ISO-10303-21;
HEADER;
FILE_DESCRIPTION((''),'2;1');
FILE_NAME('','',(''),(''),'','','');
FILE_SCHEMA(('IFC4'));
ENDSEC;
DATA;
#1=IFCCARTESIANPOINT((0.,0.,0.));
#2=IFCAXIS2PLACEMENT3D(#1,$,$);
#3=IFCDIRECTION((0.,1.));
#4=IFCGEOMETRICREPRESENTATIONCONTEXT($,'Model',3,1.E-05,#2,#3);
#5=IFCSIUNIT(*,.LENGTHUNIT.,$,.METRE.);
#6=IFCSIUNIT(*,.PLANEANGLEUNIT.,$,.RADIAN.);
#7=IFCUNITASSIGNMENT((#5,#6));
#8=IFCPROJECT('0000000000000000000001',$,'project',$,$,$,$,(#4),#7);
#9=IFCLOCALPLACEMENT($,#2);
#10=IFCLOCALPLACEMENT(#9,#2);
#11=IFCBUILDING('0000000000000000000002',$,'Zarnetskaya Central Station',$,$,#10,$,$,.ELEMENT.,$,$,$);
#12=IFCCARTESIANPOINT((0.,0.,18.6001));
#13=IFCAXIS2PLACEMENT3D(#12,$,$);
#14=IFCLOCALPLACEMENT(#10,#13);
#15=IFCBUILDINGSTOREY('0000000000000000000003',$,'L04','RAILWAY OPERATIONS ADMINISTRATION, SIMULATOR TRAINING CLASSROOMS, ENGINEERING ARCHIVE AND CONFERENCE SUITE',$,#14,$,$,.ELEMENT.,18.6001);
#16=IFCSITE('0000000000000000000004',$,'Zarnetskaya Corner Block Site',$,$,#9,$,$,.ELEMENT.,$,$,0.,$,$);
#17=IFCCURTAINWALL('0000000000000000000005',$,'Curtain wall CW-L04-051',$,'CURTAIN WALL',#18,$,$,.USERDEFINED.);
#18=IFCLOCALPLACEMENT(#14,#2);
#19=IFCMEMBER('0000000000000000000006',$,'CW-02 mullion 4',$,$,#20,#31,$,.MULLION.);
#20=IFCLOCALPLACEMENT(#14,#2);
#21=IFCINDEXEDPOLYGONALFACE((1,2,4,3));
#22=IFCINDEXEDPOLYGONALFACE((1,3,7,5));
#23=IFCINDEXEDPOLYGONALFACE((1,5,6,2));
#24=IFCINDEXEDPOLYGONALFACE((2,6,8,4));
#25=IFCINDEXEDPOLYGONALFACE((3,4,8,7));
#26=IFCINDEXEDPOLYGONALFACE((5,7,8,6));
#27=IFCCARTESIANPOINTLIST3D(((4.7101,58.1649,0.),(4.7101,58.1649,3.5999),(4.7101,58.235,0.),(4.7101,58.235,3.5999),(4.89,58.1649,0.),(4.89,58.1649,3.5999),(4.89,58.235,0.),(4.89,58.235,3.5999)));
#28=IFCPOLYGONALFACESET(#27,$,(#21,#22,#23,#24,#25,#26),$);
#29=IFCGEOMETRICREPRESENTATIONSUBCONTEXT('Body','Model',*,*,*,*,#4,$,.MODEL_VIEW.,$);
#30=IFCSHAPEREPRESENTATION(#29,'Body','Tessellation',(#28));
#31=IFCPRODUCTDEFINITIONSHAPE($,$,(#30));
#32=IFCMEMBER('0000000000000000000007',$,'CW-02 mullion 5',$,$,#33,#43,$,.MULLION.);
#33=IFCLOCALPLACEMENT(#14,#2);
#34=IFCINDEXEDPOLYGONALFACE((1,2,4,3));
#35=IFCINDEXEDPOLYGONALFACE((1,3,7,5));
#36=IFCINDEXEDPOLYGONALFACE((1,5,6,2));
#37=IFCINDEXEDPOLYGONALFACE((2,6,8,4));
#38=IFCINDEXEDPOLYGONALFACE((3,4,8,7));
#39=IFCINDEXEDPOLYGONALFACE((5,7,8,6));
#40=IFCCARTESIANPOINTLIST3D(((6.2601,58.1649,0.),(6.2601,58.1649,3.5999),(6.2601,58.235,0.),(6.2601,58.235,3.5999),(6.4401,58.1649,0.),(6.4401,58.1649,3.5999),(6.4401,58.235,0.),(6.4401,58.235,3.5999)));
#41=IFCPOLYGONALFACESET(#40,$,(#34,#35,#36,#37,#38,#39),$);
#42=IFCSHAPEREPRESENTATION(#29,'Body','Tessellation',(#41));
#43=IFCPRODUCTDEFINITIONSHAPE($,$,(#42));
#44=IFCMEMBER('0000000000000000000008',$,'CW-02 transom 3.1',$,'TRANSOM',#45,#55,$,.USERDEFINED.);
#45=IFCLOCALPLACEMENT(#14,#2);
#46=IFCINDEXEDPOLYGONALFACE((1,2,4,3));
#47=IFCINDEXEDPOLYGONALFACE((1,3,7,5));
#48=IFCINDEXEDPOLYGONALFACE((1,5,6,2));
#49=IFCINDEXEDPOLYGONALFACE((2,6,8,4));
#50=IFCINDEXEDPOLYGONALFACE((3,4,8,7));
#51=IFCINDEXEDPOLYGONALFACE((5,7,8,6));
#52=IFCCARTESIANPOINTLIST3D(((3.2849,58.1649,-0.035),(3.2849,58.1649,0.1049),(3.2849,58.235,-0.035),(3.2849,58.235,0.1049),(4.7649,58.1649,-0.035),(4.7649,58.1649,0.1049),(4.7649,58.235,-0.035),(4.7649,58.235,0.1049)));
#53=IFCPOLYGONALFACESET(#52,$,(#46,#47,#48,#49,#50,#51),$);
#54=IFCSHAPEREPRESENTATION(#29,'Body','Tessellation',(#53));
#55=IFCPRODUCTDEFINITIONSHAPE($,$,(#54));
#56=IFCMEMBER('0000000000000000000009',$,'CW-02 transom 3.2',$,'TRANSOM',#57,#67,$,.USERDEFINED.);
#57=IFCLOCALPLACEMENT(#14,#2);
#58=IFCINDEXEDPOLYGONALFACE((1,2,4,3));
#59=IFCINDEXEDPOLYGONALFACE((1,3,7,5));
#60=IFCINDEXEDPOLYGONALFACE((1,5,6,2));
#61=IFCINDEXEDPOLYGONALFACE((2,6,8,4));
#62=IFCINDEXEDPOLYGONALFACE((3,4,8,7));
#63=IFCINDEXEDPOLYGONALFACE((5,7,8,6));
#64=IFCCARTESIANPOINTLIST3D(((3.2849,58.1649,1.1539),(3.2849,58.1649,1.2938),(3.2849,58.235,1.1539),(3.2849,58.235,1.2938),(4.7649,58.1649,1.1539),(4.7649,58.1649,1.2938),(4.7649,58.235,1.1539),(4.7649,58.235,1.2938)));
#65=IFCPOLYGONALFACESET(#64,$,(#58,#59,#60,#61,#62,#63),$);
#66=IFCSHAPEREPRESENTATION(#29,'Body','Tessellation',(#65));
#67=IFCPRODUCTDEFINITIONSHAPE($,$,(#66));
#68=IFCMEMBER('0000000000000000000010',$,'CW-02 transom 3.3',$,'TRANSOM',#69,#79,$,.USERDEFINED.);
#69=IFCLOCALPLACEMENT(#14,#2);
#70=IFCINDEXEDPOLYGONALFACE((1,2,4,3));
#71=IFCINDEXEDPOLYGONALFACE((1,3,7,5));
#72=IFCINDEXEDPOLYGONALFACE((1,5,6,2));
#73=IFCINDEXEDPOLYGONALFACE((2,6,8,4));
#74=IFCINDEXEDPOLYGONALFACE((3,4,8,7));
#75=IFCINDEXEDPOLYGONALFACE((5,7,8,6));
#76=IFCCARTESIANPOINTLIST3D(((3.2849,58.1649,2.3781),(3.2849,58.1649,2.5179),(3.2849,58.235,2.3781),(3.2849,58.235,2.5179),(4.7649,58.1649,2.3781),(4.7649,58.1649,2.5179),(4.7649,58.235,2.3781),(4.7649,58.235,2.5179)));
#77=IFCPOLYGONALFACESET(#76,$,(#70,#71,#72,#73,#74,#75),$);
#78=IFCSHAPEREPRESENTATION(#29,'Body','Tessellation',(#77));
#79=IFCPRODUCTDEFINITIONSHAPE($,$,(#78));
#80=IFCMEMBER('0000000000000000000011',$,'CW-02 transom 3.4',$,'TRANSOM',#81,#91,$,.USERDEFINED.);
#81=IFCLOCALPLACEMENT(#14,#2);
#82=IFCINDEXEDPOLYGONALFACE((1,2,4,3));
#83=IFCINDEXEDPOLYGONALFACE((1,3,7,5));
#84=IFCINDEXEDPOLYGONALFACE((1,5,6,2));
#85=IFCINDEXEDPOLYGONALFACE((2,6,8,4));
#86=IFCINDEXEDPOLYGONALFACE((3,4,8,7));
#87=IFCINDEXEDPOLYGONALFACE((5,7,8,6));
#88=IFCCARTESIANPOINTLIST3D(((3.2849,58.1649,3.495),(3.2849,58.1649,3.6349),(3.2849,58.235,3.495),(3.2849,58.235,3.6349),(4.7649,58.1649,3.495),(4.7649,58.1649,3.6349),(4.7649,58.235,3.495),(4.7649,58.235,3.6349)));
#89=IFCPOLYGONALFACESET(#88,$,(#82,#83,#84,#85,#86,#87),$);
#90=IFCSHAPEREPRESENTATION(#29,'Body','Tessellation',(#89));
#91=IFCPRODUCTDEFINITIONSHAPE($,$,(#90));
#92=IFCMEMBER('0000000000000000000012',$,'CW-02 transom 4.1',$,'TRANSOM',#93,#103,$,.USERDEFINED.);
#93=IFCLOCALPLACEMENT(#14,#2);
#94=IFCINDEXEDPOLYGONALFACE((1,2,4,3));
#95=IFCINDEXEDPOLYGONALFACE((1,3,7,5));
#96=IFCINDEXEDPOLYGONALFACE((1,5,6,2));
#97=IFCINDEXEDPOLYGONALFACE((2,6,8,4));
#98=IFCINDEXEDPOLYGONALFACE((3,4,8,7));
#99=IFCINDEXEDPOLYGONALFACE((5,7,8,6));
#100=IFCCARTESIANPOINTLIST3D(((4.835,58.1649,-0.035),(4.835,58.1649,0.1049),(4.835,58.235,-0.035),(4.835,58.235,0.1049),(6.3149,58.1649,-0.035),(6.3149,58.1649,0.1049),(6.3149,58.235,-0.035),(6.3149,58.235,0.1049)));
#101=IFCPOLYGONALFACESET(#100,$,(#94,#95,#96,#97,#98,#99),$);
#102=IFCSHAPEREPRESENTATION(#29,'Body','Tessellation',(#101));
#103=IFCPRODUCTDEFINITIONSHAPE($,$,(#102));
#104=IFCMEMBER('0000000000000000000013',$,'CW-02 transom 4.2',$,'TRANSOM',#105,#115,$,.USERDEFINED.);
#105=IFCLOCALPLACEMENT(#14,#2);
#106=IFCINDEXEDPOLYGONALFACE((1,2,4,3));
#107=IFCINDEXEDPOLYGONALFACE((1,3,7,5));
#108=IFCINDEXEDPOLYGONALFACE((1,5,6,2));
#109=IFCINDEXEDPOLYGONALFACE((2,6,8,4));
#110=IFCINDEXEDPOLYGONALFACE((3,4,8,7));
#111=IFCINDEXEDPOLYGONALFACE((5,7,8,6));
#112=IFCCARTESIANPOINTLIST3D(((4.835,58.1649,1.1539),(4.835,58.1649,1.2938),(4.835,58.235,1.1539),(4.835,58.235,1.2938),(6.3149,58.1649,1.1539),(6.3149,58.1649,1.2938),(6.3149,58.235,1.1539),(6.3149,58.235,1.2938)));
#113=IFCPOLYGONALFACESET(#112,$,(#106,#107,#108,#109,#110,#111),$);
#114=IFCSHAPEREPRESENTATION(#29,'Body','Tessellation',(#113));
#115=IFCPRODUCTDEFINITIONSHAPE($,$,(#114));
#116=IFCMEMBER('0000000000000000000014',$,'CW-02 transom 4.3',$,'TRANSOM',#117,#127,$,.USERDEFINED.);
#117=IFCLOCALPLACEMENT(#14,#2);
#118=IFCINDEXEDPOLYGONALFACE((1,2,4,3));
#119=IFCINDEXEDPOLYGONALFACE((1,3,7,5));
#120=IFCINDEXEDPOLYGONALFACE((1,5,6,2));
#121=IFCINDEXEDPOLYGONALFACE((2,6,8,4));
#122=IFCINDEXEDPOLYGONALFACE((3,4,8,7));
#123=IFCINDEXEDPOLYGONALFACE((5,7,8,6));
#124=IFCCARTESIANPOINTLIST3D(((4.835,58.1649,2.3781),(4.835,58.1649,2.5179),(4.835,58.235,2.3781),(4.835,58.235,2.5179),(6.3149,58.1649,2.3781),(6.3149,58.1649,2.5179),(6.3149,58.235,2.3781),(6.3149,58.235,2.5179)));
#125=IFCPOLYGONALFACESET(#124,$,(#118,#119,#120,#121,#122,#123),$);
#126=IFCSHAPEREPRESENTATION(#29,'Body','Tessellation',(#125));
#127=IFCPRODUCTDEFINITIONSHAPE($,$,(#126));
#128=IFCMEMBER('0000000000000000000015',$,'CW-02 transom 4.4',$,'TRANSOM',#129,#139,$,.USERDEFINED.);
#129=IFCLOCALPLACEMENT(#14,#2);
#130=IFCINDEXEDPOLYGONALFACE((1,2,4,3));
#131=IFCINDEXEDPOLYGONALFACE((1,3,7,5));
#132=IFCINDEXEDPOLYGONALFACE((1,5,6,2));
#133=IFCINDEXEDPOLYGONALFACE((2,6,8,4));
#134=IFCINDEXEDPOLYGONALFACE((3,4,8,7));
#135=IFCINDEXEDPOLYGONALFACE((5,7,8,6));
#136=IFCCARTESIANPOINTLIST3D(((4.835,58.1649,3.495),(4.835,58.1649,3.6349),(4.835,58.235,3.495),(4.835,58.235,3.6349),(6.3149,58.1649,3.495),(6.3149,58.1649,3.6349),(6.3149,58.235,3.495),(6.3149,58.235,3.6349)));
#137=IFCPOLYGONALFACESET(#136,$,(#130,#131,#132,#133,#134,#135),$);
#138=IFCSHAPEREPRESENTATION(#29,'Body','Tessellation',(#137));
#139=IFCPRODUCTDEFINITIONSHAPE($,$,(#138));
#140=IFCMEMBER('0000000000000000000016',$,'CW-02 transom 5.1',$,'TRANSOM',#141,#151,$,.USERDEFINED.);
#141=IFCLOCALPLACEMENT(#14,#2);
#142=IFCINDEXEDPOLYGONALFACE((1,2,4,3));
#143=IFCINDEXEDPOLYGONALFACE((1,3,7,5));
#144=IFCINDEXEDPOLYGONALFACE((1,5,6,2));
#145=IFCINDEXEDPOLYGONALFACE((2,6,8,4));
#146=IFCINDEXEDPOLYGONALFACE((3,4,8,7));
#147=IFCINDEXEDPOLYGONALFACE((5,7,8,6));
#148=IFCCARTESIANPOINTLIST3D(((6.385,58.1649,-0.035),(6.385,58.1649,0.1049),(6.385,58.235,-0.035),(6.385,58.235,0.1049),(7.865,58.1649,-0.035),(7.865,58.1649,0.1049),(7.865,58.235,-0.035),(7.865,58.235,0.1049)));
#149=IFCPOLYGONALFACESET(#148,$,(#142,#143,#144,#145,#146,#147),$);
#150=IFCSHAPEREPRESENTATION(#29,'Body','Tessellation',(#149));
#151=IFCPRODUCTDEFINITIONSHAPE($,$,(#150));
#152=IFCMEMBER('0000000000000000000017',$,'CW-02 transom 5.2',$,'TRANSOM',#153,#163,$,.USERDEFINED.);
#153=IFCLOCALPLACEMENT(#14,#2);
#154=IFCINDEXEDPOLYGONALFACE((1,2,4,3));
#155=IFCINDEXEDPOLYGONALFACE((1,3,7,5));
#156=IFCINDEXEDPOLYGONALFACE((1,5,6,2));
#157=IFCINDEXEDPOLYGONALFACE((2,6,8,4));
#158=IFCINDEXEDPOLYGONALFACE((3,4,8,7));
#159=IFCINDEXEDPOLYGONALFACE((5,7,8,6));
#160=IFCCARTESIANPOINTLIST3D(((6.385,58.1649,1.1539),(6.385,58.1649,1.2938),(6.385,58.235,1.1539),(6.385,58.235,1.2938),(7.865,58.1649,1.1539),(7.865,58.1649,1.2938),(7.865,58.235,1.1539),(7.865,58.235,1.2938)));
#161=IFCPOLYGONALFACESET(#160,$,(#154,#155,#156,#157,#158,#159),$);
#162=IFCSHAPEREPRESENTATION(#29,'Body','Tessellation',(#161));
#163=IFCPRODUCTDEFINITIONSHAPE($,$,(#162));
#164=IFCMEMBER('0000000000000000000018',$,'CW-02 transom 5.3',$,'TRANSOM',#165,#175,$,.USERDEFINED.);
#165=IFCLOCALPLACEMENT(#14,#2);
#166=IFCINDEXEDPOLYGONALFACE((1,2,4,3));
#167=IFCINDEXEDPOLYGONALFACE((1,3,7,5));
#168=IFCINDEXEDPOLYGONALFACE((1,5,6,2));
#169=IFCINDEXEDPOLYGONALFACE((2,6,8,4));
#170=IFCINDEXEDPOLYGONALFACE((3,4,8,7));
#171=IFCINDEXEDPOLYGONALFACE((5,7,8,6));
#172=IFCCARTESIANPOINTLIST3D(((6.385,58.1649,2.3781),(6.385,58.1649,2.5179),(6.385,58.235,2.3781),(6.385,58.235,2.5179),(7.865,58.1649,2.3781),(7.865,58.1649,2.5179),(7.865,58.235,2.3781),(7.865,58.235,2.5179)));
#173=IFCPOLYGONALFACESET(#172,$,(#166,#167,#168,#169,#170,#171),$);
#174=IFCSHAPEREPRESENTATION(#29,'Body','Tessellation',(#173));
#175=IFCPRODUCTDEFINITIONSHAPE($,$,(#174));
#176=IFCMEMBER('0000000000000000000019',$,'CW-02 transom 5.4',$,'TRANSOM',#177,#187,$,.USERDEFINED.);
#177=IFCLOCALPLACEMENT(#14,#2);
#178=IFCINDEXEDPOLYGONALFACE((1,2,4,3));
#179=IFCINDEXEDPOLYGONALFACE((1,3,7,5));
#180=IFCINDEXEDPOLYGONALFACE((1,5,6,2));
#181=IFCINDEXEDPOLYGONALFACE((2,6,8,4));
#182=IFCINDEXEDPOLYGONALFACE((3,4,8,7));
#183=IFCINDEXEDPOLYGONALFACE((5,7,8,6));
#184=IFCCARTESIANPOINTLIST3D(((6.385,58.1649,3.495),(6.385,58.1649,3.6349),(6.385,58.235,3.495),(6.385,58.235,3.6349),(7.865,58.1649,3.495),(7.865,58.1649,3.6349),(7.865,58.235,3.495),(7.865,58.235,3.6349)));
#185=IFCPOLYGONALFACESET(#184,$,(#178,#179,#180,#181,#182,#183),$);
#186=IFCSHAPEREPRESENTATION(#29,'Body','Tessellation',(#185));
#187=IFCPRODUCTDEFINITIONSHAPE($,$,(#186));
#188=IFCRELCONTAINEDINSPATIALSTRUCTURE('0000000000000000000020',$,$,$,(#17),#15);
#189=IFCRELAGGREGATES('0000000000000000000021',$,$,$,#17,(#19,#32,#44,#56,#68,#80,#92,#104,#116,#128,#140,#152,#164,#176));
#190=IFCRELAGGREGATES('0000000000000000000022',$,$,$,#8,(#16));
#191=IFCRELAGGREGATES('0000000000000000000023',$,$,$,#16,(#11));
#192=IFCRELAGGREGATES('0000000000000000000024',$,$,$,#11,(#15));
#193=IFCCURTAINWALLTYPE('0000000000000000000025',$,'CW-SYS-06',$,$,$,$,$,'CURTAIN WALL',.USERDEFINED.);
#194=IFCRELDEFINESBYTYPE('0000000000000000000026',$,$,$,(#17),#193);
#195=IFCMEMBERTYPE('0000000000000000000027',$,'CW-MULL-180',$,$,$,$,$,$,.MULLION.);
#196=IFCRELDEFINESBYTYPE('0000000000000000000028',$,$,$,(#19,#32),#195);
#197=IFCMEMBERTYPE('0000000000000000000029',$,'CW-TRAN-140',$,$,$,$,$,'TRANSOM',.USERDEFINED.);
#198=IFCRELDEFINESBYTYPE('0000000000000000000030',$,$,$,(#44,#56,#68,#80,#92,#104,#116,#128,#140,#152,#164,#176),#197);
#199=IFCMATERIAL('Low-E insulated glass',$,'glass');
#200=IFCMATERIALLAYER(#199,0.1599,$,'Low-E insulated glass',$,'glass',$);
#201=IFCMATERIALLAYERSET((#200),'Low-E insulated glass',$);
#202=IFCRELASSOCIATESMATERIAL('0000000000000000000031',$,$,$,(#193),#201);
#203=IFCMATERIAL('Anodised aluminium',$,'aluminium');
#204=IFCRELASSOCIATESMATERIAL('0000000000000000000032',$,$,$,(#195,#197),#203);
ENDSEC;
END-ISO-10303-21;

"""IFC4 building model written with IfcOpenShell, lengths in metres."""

from ifc_helpers import new_model, si_unit, direction, frame, origin, origin_2d, place, context, subcontext, project, spatial, rectangle, extrude, material, layer, layer_set, material_profile, profile_set, type_object, element, aggregate, save


model = new_model("IFC4")

# Units and contexts
model_context = context("Model", 3, precision=1e-05, world=origin(), true_north=direction((0.0, 1.0)))
body_context = subcontext(model_context, "Body", "Model", "MODEL_VIEW")
ifc_project = project(units=[si_unit("LENGTHUNIT", "METRE"), si_unit("PLANEANGLEUNIT", "RADIAN")], contexts=[model_context])

# Site, building, storey
site_placement = place(None, origin())
site = spatial("IfcSite", under=ifc_project, at=site_placement, Name="Zarnetskaya Corner Block Site", CompositionType="ELEMENT", RefElevation=0.0)
building_placement = place(site_placement, origin())
building = spatial("IfcBuilding", under=site, at=building_placement, Name="Zarnetskaya Central Station", CompositionType="ELEMENT")
storey_placement = place(building_placement, frame((0.0, 0.0, 18.6001)))
storey = spatial("IfcBuildingStorey", under=building, at=storey_placement, Name="L04", Description="RAILWAY OPERATIONS ADMINISTRATION, SIMULATOR TRAINING CLASSROOMS, ENGINEERING ARCHIVE AND CONFERENCE SUITE", CompositionType="ELEMENT", Elevation=18.6001)

# Curtain wall, members
ifc_material_1 = material(Name="Low-E insulated glass", Category="glass")
ifc_layer_1 = layer(ifc_material_1, 0.1599, Name="Low-E insulated glass", Category="glass")
ifc_layer_set_1 = layer_set([ifc_layer_1], Name="Low-E insulated glass")
curtain_wall_type = type_object("IfcCurtainWallType", Name="CW-SYS-06", ElementType="CURTAIN WALL", PredefinedType="USERDEFINED", material=ifc_layer_set_1)
curtain_wall_placement = place(storey_placement, origin())
curtain_wall = element("IfcCurtainWall", 1, at=curtain_wall_placement, inside=storey, type_object=curtain_wall_type, Name="Curtain wall CW-L04-051", ObjectType="CURTAIN WALL", PredefinedType="USERDEFINED")
ifc_material_2 = material(Name="Anodised aluminium", Category="aluminium")
ifc_material_profile_1 = material_profile(ifc_material_2, rectangle(XDim=0.0701, YDim=0.1799, at=origin_2d()), Name="ALU MULL 70x180")
ifc_profile_set_1 = profile_set([ifc_material_profile_1], Name="Anodised aluminium")
member_type_1 = type_object("IfcMemberType", Name="CW-MULL-180", PredefinedType="MULLION", material=ifc_profile_set_1)
member_1_placement = place(storey_placement, frame((4.8, 58.2, 0.0), z_axis=(0.0, 0.0, 1.0), x_axis=(0.0, 1.0, 0.0)))
member_1 = element("IfcMember", 2, at=member_1_placement, type_object=member_type_1, Name="CW-02 mullion 4", PredefinedType="MULLION", context=body_context, shape_type="SweptSolid", body=[
    extrude(rectangle(XDim=0.0701, YDim=0.1799, at=origin_2d()), origin(), (0.0, 0.0, 1.0), 3.5999),
])
member_2_placement = place(storey_placement, frame((6.3501, 58.2, 0.0), z_axis=(0.0, 0.0, 1.0), x_axis=(0.0, 1.0, 0.0)))
member_2 = element("IfcMember", 3, at=member_2_placement, type_object=member_type_1, Name="CW-02 mullion 5", PredefinedType="MULLION", context=body_context, shape_type="SweptSolid", body=[
    extrude(rectangle(XDim=0.0701, YDim=0.1799, at=origin_2d()), origin(), (0.0, 0.0, 1.0), 3.5999),
])
ifc_material_profile_2 = material_profile(ifc_material_2, rectangle(XDim=0.0701, YDim=0.1399, at=origin_2d()), Name="ALU TRAN 70x140")
ifc_profile_set_2 = profile_set([ifc_material_profile_2], Name="Anodised aluminium")
member_type_2 = type_object("IfcMemberType", Name="CW-TRAN-140", ElementType="TRANSOM", PredefinedType="USERDEFINED", material=ifc_profile_set_2)
member_3_placement = place(storey_placement, frame((3.2849, 58.2, 0.0349), z_axis=(1.0, 0.0, 0.0), x_axis=(0.0, 1.0, 0.0)))
member_3 = element("IfcMember", 4, at=member_3_placement, type_object=member_type_2, Name="CW-02 transom 3.1", ObjectType="TRANSOM", PredefinedType="USERDEFINED", context=body_context, shape_type="SweptSolid", body=[
    extrude(rectangle(XDim=0.0701, YDim=0.1399, at=origin_2d()), origin(), (0.0, 0.0, 1.0), 1.48),
])
member_4_placement = place(storey_placement, frame((3.2849, 58.2, 1.2239), z_axis=(1.0, 0.0, 0.0), x_axis=(0.0, 1.0, 0.0)))
member_4 = element("IfcMember", 5, at=member_4_placement, type_object=member_type_2, Name="CW-02 transom 3.2", ObjectType="TRANSOM", PredefinedType="USERDEFINED", context=body_context, shape_type="SweptSolid", body=[
    extrude(rectangle(XDim=0.0701, YDim=0.1399, at=origin_2d()), origin(), (0.0, 0.0, 1.0), 1.48),
])
member_5_placement = place(storey_placement, frame((3.2849, 58.2, 2.448), z_axis=(1.0, 0.0, 0.0), x_axis=(0.0, 1.0, 0.0)))
member_5 = element("IfcMember", 6, at=member_5_placement, type_object=member_type_2, Name="CW-02 transom 3.3", ObjectType="TRANSOM", PredefinedType="USERDEFINED", context=body_context, shape_type="SweptSolid", body=[
    extrude(rectangle(XDim=0.0701, YDim=0.1399, at=origin_2d()), origin(), (0.0, 0.0, 1.0), 1.48),
])
member_6_placement = place(storey_placement, frame((3.2849, 58.2, 3.5649), z_axis=(1.0, 0.0, 0.0), x_axis=(0.0, 1.0, 0.0)))
member_6 = element("IfcMember", 7, at=member_6_placement, type_object=member_type_2, Name="CW-02 transom 3.4", ObjectType="TRANSOM", PredefinedType="USERDEFINED", context=body_context, shape_type="SweptSolid", body=[
    extrude(rectangle(XDim=0.0701, YDim=0.1399, at=origin_2d()), origin(), (0.0, 0.0, 1.0), 1.48),
])
member_7_placement = place(storey_placement, frame((4.835, 58.2, 0.0349), z_axis=(1.0, 0.0, 0.0), x_axis=(0.0, 1.0, 0.0)))
member_7 = element("IfcMember", 8, at=member_7_placement, type_object=member_type_2, Name="CW-02 transom 4.1", ObjectType="TRANSOM", PredefinedType="USERDEFINED", context=body_context, shape_type="SweptSolid", body=[
    extrude(rectangle(XDim=0.0701, YDim=0.1399, at=origin_2d()), origin(), (0.0, 0.0, 1.0), 1.48),
])
member_8_placement = place(storey_placement, frame((4.835, 58.2, 1.2239), z_axis=(1.0, 0.0, 0.0), x_axis=(0.0, 1.0, 0.0)))
member_8 = element("IfcMember", 9, at=member_8_placement, type_object=member_type_2, Name="CW-02 transom 4.2", ObjectType="TRANSOM", PredefinedType="USERDEFINED", context=body_context, shape_type="SweptSolid", body=[
    extrude(rectangle(XDim=0.0701, YDim=0.1399, at=origin_2d()), origin(), (0.0, 0.0, 1.0), 1.48),
])
member_9_placement = place(storey_placement, frame((4.835, 58.2, 2.448), z_axis=(1.0, 0.0, 0.0), x_axis=(0.0, 1.0, 0.0)))
member_9 = element("IfcMember", 10, at=member_9_placement, type_object=member_type_2, Name="CW-02 transom 4.3", ObjectType="TRANSOM", PredefinedType="USERDEFINED", context=body_context, shape_type="SweptSolid", body=[
    extrude(rectangle(XDim=0.0701, YDim=0.1399, at=origin_2d()), origin(), (0.0, 0.0, 1.0), 1.48),
])
member_10_placement = place(storey_placement, frame((4.835, 58.2, 3.5649), z_axis=(1.0, 0.0, 0.0), x_axis=(0.0, 1.0, 0.0)))
member_10 = element("IfcMember", 11, at=member_10_placement, type_object=member_type_2, Name="CW-02 transom 4.4", ObjectType="TRANSOM", PredefinedType="USERDEFINED", context=body_context, shape_type="SweptSolid", body=[
    extrude(rectangle(XDim=0.0701, YDim=0.1399, at=origin_2d()), origin(), (0.0, 0.0, 1.0), 1.48),
])
member_11_placement = place(storey_placement, frame((6.385, 58.2, 0.0349), z_axis=(1.0, 0.0, 0.0), x_axis=(0.0, 1.0, 0.0)))
member_11 = element("IfcMember", 12, at=member_11_placement, type_object=member_type_2, Name="CW-02 transom 5.1", ObjectType="TRANSOM", PredefinedType="USERDEFINED", context=body_context, shape_type="SweptSolid", body=[
    extrude(rectangle(XDim=0.0701, YDim=0.1399, at=origin_2d()), origin(), (0.0, 0.0, 1.0), 1.48),
])
member_12_placement = place(storey_placement, frame((6.385, 58.2, 1.2239), z_axis=(1.0, 0.0, 0.0), x_axis=(0.0, 1.0, 0.0)))
member_12 = element("IfcMember", 13, at=member_12_placement, type_object=member_type_2, Name="CW-02 transom 5.2", ObjectType="TRANSOM", PredefinedType="USERDEFINED", context=body_context, shape_type="SweptSolid", body=[
    extrude(rectangle(XDim=0.0701, YDim=0.1399, at=origin_2d()), origin(), (0.0, 0.0, 1.0), 1.48),
])
member_13_placement = place(storey_placement, frame((6.385, 58.2, 2.448), z_axis=(1.0, 0.0, 0.0), x_axis=(0.0, 1.0, 0.0)))
member_13 = element("IfcMember", 14, at=member_13_placement, type_object=member_type_2, Name="CW-02 transom 5.3", ObjectType="TRANSOM", PredefinedType="USERDEFINED", context=body_context, shape_type="SweptSolid", body=[
    extrude(rectangle(XDim=0.0701, YDim=0.1399, at=origin_2d()), origin(), (0.0, 0.0, 1.0), 1.48),
])
member_14_placement = place(storey_placement, frame((6.385, 58.2, 3.5649), z_axis=(1.0, 0.0, 0.0), x_axis=(0.0, 1.0, 0.0)))
member_14 = element("IfcMember", 15, at=member_14_placement, type_object=member_type_2, Name="CW-02 transom 5.4", ObjectType="TRANSOM", PredefinedType="USERDEFINED", context=body_context, shape_type="SweptSolid", body=[
    extrude(rectangle(XDim=0.0701, YDim=0.1399, at=origin_2d()), origin(), (0.0, 0.0, 1.0), 1.48),
])
aggregate(curtain_wall, [member_1, member_2, member_3, member_4, member_5, member_6, member_7, member_8, member_9, member_10, member_11, member_12, member_13, member_14])

save(model, "model.ifc")
